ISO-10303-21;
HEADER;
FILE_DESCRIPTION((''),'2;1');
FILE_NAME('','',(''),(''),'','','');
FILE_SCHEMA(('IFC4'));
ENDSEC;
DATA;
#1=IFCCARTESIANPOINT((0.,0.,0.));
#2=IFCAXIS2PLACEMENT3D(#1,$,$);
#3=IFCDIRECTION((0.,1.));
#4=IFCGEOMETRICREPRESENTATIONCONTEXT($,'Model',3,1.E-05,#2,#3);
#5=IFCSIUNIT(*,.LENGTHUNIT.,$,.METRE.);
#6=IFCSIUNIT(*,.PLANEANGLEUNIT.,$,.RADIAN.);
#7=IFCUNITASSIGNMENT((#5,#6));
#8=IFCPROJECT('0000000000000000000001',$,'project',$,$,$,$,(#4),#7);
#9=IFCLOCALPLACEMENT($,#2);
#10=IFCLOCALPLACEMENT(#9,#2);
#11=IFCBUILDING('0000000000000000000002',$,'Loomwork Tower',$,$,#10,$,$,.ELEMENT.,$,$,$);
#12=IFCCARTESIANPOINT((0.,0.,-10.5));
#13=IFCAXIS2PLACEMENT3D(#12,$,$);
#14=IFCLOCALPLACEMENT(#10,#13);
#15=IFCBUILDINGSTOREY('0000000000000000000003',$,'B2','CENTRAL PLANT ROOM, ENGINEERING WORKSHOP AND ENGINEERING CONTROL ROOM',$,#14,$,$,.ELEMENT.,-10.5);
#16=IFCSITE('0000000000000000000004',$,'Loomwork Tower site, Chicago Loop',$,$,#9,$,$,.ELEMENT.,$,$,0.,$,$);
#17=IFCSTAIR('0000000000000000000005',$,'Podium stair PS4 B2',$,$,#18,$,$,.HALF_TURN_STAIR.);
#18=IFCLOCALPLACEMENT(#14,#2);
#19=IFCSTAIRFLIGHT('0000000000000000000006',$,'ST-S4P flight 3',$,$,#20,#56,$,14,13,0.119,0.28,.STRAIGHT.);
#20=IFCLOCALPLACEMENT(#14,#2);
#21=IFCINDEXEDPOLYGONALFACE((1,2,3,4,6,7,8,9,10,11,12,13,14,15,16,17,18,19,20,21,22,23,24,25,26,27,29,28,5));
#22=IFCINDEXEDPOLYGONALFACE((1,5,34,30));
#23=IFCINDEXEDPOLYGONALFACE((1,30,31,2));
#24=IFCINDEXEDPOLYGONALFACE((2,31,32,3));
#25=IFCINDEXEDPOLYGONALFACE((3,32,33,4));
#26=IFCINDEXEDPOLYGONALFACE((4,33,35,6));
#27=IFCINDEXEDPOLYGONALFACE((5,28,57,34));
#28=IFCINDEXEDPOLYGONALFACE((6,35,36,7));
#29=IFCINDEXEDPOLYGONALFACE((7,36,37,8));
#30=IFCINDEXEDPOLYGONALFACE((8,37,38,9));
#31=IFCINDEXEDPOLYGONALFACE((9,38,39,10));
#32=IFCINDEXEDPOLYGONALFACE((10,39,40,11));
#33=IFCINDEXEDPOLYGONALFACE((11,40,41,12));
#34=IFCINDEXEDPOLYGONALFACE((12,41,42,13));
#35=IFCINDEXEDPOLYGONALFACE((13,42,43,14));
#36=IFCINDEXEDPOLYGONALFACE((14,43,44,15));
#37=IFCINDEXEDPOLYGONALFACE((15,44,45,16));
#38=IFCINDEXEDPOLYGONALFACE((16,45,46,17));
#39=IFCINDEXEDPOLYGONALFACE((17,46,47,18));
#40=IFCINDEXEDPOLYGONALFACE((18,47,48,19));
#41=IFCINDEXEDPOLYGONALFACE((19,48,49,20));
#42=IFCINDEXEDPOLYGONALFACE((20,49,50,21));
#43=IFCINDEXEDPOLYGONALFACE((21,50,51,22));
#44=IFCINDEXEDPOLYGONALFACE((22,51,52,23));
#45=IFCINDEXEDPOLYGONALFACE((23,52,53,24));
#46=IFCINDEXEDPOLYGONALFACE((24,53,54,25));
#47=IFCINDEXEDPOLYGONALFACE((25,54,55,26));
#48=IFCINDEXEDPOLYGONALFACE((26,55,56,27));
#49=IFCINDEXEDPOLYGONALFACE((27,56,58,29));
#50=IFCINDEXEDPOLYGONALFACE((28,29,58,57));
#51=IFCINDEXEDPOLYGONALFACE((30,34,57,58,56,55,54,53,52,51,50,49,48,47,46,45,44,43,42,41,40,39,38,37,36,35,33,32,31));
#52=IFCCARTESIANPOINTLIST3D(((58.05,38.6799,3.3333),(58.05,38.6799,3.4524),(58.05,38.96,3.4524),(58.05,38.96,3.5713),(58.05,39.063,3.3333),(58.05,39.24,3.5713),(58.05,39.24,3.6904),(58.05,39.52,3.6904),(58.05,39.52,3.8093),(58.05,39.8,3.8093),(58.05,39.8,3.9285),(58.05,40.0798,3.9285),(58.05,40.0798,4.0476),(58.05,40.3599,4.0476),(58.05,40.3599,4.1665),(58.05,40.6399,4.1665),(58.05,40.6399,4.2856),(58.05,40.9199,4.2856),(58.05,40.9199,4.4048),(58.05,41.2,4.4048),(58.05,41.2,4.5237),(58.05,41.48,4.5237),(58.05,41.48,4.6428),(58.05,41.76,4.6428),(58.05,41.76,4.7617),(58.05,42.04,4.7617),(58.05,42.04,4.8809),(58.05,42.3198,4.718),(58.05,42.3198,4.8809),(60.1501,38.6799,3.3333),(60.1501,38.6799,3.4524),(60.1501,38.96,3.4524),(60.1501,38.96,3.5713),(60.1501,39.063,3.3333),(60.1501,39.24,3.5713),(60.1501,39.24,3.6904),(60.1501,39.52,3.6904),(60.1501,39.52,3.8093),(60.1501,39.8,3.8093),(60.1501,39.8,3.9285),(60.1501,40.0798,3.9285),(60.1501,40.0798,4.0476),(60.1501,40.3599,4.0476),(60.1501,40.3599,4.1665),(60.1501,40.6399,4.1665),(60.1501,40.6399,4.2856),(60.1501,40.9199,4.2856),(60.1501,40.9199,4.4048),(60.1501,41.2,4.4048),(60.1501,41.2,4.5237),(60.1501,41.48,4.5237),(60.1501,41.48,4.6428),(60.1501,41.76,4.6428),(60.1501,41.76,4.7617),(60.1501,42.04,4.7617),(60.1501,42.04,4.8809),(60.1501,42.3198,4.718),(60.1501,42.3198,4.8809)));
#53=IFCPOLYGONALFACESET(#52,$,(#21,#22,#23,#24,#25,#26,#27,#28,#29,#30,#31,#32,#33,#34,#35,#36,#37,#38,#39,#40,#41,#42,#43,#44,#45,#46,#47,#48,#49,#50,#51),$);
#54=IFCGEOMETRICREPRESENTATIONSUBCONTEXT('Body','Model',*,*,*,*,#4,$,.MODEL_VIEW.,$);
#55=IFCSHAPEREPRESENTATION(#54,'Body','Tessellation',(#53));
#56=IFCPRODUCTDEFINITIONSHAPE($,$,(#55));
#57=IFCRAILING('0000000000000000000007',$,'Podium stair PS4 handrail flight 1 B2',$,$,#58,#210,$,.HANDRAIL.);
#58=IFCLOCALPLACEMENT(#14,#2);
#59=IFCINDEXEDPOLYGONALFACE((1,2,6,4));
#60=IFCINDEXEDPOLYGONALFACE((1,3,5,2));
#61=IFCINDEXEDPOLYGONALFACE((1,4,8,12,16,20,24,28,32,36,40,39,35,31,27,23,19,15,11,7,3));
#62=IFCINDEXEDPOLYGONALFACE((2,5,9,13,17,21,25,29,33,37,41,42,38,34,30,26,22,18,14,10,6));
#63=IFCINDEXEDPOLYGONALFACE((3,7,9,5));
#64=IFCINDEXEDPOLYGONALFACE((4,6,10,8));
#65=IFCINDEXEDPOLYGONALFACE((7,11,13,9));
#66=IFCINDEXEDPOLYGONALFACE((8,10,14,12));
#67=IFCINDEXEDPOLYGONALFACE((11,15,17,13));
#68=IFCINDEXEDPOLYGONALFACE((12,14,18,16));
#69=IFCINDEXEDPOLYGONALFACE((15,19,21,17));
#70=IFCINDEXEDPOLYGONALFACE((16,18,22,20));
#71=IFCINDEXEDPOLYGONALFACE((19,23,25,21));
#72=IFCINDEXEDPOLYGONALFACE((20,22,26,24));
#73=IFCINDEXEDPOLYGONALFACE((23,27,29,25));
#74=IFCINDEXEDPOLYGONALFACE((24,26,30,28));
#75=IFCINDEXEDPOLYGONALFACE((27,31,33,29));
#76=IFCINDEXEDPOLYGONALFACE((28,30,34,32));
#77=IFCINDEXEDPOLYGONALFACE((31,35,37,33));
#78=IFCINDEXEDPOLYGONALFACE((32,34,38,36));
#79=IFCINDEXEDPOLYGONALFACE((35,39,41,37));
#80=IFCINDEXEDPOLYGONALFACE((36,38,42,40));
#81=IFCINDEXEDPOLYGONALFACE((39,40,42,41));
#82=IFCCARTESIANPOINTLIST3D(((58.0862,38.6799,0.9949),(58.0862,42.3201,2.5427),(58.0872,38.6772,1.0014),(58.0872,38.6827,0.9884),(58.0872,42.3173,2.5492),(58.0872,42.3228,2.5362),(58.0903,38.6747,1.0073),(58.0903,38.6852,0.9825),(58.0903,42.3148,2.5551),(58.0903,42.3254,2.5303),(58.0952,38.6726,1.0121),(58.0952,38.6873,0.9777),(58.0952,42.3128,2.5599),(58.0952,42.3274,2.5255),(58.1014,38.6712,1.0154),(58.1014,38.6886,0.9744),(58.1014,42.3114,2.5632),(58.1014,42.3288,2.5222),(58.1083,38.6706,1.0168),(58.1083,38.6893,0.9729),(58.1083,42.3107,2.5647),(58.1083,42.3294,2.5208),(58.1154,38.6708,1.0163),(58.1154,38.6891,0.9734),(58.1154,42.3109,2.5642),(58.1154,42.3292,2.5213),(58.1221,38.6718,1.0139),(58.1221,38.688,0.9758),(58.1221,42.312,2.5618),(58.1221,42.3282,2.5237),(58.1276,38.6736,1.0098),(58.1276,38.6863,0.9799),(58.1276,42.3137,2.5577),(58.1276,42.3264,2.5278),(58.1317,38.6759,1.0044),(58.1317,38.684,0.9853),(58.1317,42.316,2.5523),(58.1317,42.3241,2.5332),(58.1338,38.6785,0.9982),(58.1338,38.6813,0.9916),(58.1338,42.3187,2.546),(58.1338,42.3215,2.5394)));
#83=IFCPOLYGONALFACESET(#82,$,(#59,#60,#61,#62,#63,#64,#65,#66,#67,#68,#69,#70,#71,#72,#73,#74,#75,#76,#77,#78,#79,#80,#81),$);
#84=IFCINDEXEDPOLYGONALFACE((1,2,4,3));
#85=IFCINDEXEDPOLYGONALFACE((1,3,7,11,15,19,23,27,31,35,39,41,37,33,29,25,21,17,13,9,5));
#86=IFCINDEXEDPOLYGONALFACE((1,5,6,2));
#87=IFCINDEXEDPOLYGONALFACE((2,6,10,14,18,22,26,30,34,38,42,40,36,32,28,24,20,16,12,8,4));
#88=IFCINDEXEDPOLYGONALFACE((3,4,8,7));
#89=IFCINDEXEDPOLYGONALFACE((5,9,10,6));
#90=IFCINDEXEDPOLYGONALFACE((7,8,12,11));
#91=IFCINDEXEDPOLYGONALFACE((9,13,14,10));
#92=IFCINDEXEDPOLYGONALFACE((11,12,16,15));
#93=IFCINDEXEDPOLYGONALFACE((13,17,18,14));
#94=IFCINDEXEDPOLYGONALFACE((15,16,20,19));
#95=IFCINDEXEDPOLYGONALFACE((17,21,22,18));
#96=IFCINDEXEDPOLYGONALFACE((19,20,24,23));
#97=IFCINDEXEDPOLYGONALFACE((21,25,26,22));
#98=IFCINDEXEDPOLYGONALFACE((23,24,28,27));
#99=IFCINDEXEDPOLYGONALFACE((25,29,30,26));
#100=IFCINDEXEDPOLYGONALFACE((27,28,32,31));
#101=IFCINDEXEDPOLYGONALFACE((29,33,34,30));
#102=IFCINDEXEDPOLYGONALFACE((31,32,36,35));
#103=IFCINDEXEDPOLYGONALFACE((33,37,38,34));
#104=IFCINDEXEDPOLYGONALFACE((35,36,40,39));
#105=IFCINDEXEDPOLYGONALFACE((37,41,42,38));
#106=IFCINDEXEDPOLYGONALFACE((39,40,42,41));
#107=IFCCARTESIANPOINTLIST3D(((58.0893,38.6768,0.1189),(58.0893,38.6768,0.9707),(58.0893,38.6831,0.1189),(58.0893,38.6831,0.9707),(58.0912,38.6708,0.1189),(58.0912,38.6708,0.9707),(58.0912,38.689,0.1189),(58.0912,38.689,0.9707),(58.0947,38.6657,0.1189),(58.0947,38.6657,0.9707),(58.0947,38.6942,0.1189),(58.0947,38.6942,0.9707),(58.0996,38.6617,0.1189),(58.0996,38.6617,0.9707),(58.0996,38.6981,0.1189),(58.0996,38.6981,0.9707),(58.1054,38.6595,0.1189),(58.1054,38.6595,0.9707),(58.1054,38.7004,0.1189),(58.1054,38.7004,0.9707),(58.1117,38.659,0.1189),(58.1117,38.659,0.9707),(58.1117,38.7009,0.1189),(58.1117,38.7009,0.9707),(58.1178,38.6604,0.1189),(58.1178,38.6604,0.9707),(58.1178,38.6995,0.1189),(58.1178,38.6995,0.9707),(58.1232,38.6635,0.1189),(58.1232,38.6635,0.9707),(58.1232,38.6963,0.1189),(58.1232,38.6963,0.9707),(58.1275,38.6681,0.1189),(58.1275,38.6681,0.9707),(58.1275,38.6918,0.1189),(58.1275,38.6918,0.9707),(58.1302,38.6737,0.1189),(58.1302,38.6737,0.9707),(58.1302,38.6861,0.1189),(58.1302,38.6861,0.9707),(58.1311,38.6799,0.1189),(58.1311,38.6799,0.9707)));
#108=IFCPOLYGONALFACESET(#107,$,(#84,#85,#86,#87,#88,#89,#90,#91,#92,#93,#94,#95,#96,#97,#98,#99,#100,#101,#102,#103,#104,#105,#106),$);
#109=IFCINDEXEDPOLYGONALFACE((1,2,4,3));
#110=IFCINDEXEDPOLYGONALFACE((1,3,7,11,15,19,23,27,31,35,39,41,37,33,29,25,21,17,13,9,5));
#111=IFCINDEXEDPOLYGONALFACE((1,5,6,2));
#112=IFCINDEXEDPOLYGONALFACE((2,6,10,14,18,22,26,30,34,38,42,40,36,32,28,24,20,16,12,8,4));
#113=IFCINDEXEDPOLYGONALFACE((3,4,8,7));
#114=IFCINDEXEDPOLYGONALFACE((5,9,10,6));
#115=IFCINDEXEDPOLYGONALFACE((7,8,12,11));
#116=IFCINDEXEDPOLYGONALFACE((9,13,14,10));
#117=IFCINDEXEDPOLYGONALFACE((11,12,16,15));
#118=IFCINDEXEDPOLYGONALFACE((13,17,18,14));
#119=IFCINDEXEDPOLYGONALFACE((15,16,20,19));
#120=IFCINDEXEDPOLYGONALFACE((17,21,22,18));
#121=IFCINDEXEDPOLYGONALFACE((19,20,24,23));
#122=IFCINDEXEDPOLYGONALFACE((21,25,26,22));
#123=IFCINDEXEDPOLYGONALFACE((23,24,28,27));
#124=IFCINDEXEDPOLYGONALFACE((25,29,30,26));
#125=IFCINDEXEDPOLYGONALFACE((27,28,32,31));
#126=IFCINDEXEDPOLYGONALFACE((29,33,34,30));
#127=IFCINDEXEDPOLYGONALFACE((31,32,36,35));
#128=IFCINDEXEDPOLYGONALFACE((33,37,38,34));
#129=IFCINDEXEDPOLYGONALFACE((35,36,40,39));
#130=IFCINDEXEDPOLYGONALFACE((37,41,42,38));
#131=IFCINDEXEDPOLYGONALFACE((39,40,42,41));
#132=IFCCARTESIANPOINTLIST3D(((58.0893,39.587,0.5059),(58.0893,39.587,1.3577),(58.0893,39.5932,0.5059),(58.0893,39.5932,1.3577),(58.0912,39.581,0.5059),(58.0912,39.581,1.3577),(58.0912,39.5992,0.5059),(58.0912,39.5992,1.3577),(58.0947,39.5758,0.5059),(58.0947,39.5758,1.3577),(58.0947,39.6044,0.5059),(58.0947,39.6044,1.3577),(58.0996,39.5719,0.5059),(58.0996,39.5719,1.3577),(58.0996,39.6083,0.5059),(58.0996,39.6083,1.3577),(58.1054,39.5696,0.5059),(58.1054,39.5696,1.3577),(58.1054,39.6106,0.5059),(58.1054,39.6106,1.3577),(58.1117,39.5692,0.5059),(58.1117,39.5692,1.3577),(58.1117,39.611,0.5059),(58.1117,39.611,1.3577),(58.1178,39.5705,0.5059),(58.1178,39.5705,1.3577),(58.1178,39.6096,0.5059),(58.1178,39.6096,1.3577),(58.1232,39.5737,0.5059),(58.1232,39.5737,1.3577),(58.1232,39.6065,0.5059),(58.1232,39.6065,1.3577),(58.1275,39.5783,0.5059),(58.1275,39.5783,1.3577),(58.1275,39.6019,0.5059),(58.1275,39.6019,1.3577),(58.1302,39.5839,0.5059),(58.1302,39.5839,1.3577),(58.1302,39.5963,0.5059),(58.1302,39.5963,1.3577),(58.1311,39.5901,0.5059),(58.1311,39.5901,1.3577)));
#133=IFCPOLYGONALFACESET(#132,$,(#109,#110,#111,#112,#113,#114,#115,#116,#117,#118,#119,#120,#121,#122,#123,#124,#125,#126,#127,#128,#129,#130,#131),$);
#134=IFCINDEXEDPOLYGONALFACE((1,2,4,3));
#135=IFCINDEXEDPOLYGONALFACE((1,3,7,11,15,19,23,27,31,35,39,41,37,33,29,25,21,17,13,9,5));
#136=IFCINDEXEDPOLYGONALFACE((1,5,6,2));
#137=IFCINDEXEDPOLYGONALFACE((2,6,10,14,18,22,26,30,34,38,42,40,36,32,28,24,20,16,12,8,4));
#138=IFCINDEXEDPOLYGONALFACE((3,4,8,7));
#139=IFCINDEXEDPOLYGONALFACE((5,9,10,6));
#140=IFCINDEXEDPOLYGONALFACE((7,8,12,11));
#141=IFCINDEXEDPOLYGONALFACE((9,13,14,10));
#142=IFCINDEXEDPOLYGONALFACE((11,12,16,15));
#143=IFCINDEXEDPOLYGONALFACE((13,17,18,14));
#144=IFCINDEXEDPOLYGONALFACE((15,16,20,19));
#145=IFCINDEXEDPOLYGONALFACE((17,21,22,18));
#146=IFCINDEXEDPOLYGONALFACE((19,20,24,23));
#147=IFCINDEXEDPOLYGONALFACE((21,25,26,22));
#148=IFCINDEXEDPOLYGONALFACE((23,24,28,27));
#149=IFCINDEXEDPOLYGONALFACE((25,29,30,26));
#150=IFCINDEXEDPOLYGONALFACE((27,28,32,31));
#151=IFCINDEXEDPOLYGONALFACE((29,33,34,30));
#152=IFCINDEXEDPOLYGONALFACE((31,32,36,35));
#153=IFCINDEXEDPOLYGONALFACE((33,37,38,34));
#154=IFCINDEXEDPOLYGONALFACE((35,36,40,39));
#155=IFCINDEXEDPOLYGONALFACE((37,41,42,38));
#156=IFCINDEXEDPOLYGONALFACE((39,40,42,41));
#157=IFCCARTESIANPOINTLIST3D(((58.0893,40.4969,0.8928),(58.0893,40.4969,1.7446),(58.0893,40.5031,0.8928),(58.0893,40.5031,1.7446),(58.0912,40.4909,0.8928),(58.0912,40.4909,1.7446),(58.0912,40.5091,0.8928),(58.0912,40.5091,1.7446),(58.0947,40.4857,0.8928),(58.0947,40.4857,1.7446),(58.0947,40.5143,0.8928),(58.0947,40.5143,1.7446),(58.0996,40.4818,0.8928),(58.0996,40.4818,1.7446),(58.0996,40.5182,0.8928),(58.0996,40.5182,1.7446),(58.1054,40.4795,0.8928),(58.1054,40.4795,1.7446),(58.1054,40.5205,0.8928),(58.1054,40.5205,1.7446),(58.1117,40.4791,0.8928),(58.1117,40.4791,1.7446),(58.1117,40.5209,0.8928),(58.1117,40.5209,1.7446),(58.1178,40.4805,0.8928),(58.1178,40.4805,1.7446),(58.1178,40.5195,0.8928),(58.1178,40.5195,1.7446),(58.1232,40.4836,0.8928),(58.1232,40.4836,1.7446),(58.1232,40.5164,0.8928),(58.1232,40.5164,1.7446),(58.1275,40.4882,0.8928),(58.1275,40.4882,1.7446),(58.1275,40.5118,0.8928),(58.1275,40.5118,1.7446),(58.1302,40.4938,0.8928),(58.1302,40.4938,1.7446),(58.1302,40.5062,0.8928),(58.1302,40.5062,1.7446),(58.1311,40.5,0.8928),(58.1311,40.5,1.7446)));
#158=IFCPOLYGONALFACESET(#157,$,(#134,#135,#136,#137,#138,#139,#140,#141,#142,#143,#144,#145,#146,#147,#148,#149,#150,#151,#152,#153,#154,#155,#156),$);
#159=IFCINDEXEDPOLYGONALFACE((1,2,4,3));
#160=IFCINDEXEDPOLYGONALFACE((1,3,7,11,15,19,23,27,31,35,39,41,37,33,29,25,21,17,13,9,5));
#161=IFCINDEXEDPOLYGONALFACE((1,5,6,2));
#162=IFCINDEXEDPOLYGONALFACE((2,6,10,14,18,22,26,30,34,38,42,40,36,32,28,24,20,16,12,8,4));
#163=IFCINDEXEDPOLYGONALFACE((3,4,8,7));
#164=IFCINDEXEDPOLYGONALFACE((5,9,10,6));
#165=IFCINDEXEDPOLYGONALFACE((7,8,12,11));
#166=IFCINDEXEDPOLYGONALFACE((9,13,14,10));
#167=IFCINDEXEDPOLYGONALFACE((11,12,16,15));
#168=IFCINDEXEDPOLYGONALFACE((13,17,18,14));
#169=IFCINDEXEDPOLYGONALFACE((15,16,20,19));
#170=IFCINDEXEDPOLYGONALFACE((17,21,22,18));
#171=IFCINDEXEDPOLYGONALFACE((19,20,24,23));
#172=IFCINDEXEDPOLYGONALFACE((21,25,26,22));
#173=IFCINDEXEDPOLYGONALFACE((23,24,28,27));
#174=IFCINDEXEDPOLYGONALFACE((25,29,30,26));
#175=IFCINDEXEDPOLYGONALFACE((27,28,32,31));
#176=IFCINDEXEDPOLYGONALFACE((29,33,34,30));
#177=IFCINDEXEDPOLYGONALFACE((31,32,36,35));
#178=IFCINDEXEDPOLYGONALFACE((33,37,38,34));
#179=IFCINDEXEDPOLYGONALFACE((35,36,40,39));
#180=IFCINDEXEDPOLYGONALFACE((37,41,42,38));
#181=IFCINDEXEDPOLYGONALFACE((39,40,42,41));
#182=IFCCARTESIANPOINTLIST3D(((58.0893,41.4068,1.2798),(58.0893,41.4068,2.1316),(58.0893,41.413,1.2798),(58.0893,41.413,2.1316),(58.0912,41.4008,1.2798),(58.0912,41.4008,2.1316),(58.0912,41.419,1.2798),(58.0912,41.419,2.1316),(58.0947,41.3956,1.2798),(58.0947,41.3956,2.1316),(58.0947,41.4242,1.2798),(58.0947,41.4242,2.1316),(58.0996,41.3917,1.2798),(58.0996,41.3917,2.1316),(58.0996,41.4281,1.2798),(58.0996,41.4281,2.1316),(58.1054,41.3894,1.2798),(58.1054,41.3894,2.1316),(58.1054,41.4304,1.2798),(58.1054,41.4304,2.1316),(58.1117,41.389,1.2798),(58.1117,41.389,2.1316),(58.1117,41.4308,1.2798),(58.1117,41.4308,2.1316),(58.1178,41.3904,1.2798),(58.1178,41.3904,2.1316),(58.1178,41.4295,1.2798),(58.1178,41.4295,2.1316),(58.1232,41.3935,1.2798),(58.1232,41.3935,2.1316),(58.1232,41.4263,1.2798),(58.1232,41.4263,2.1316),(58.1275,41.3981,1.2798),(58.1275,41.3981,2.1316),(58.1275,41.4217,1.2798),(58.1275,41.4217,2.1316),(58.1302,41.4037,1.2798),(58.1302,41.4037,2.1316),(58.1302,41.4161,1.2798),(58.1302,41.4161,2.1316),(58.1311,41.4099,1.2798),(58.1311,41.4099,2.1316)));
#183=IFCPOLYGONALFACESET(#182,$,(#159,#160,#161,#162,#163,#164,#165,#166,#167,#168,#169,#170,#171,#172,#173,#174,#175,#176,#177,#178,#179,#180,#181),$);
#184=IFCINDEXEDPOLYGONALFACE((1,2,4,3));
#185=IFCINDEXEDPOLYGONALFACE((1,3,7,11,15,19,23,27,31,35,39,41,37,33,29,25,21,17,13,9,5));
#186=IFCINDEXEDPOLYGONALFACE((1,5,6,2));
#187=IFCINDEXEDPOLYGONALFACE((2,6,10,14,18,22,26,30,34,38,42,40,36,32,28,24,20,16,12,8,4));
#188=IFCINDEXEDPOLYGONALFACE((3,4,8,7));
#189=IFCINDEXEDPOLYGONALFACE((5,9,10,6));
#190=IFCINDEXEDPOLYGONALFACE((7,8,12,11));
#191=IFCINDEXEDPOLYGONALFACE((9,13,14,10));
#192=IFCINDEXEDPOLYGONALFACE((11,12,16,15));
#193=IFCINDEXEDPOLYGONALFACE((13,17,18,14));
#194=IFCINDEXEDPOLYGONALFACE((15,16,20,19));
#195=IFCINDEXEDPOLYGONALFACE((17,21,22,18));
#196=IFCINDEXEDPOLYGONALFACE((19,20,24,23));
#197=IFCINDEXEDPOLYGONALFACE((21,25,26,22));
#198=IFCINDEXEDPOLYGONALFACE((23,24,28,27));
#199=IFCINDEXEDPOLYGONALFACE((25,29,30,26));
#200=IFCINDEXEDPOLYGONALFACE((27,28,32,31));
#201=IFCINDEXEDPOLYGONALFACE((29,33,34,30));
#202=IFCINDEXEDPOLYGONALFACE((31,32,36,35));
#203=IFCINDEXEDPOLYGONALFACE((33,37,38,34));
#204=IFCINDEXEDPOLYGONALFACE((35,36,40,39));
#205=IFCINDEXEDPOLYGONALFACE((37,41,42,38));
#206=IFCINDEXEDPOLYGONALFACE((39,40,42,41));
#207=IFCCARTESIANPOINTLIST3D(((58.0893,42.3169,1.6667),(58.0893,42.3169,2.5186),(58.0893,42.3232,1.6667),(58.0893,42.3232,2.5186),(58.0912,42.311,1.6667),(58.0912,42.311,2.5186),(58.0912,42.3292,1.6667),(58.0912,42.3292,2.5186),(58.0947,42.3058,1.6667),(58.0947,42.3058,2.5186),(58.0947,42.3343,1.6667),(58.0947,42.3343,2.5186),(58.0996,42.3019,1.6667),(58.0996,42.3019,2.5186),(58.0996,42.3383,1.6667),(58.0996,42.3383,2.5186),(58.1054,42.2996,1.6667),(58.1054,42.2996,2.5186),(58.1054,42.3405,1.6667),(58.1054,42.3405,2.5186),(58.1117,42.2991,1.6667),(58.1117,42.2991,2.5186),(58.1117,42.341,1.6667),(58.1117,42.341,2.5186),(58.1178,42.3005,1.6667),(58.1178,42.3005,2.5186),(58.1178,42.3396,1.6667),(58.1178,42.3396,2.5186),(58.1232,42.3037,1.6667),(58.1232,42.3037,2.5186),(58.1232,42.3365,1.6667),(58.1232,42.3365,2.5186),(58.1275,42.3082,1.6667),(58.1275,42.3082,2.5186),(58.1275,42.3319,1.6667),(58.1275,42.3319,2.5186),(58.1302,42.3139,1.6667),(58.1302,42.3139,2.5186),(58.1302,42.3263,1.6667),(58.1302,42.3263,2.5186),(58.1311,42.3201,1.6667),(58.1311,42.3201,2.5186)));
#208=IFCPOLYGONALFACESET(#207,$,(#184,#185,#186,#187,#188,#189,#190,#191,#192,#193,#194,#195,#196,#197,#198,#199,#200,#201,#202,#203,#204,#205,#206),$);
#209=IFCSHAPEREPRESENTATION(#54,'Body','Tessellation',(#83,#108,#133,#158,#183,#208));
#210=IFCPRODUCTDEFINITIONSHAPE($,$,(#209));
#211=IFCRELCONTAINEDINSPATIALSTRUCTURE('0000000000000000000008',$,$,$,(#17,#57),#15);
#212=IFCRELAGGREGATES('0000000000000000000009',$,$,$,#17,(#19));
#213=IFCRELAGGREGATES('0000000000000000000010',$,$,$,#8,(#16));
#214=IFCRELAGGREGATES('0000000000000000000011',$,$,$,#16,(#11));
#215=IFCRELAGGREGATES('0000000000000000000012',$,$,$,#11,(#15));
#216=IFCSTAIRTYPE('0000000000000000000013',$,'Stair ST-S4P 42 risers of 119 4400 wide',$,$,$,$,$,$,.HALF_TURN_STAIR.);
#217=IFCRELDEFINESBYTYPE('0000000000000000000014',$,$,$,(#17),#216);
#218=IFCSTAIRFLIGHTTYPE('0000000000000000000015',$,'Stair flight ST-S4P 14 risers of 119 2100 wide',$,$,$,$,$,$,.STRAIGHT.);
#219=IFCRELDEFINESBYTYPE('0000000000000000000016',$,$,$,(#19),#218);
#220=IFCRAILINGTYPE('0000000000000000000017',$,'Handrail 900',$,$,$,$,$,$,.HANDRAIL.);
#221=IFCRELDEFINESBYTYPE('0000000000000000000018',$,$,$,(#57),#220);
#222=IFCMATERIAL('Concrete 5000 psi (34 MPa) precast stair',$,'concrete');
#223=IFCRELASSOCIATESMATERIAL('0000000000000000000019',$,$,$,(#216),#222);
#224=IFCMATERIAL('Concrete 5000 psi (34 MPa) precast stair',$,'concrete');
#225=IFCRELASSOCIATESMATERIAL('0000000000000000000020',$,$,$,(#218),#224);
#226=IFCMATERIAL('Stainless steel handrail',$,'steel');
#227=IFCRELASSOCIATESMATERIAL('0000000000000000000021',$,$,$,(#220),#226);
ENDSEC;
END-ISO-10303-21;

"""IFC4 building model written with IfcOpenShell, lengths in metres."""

from ifc_helpers import new_model, si_unit, direction, frame, origin, origin_2d, place, context, subcontext, project, spatial, polyline, circle, outline, extrude, material, type_object, element, aggregate, save


model = new_model("IFC4")

# Units and contexts
model_context = context("Model", 3, precision=1e-05, world=origin(), true_north=direction((0.0, 1.0)))
body_context = subcontext(model_context, "Body", "Model", "MODEL_VIEW")
ifc_project = project(units=[si_unit("LENGTHUNIT", "METRE"), si_unit("PLANEANGLEUNIT", "RADIAN")], contexts=[model_context])

# Site, building, storey
site_placement = place(None, origin())
site = spatial("IfcSite", under=ifc_project, at=site_placement, Name="Loomwork Tower site, Chicago Loop", CompositionType="ELEMENT", RefElevation=0.0)
building_placement = place(site_placement, origin())
building = spatial("IfcBuilding", under=site, at=building_placement, Name="Loomwork Tower", CompositionType="ELEMENT")
storey_placement = place(building_placement, frame((0.0, 0.0, -10.5)))
storey = spatial("IfcBuildingStorey", under=building, at=storey_placement, Name="B2", Description="CENTRAL PLANT ROOM, ENGINEERING WORKSHOP AND ENGINEERING CONTROL ROOM", CompositionType="ELEMENT", Elevation=-10.5)

# Stair, stair flight
ifc_material_1 = material(Name="Concrete 5000 psi (34 MPa) precast stair", Category="concrete")
stair_type = type_object("IfcStairType", Name="Stair ST-S4P 42 risers of 119 4400 wide", PredefinedType="HALF_TURN_STAIR", material=ifc_material_1)
stair_placement = place(storey_placement, origin())
stair = element("IfcStair", 1, at=stair_placement, inside=storey, type_object=stair_type, Name="Podium stair PS4 B2", PredefinedType="HALF_TURN_STAIR")
ifc_material_2 = material(Name="Concrete 5000 psi (34 MPa) precast stair", Category="concrete")
stair_flight_type = type_object("IfcStairFlightType", Name="Stair flight ST-S4P 14 risers of 119 2100 wide", PredefinedType="STRAIGHT", material=ifc_material_2)
stair_flight_1_placement = place(storey_placement, frame((59.1001, 38.6799, 3.3333), z_axis=(0.0, 0.0, 1.0), x_axis=(0.0, 1.0, 0.0)))
stair_flight_1 = element("IfcStairFlight", 2, at=stair_flight_1_placement, type_object=stair_flight_type, Name="ST-S4P flight 3", NumberOfRisers=14, NumberOfTreads=13, PredefinedType="STRAIGHT", RiserHeight=0.119, TreadLength=0.28, context=body_context, shape_type="SweptSolid", body=[
    extrude(outline(polyline([(0.0, 0.0), (0.0, 0.1191), (0.28, 0.1191), (0.28, 0.238), (0.5601, 0.238), (0.5601, 0.3572), (0.8401, 0.3572), (0.8401, 0.4761), (1.1201, 0.4761), (1.1201, 0.5952), (1.3999, 0.5952), (1.3999, 0.7144), (1.6799, 0.7144), (1.6799, 0.8333), (1.96, 0.8333), (1.96, 0.9524), (2.24, 0.9524), (2.24, 1.0715), (2.52, 1.0715), (2.52, 1.1904), (2.8, 1.1904), (2.8, 1.3096), (3.0801, 1.3096), (3.0801, 1.4285), (3.3601, 1.4285), (3.3601, 1.5476), (3.6399, 1.5476), (3.6399, 1.6667), (3.6399, 1.3848), (0.3831, 0.0), (0.0, 0.0)])), frame((0.0, 1.05, 0.0), z_axis=(0.0, -1.0, 0.0), x_axis=(1.0, 0.0, 0.0)), (0.0, 0.0, 1.0), 2.1001),
])
aggregate(stair, [stair_flight_1])

# Railing
ifc_material_3 = material(Name="Stainless steel handrail", Category="steel")
railing_type = type_object("IfcRailingType", Name="Handrail 900", PredefinedType="HANDRAIL", material=ifc_material_3)
railing_1_placement = place(storey_placement, frame((58.1101, 38.6799, 0.1189)))
element("IfcRailing", 3, at=railing_1_placement, inside=storey, type_object=railing_type, Name="Podium stair PS4 handrail flight 1 B2", PredefinedType="HANDRAIL", context=body_context, shape_type="SweptSolid", body=[
    extrude(circle(Radius=0.0239, at=origin_2d()), frame((0.0, 0.0, 0.876), z_axis=(0.0, 0.920259, 0.391311), x_axis=(-1.0, 0.0, 0.0)), (0.0, 0.0, 1.0), 3.9556),
    extrude(circle(Radius=0.021, at=origin_2d()), origin(), (0.0, 0.0, 1.0), 0.8518),
    extrude(circle(Radius=0.021, at=origin_2d()), frame((0.0, 0.9102, 0.387)), (0.0, 0.0, 1.0), 0.8518),
    extrude(circle(Radius=0.021, at=origin_2d()), frame((0.0, 1.8201, 0.7739)), (0.0, 0.0, 1.0), 0.8518),
    extrude(circle(Radius=0.021, at=origin_2d()), frame((0.0, 2.73, 1.1609)), (0.0, 0.0, 1.0), 0.8518),
    extrude(circle(Radius=0.021, at=origin_2d()), frame((0.0, 3.6401, 1.5479)), (0.0, 0.0, 1.0), 0.8518),
])

save(model, "model.ifc")
